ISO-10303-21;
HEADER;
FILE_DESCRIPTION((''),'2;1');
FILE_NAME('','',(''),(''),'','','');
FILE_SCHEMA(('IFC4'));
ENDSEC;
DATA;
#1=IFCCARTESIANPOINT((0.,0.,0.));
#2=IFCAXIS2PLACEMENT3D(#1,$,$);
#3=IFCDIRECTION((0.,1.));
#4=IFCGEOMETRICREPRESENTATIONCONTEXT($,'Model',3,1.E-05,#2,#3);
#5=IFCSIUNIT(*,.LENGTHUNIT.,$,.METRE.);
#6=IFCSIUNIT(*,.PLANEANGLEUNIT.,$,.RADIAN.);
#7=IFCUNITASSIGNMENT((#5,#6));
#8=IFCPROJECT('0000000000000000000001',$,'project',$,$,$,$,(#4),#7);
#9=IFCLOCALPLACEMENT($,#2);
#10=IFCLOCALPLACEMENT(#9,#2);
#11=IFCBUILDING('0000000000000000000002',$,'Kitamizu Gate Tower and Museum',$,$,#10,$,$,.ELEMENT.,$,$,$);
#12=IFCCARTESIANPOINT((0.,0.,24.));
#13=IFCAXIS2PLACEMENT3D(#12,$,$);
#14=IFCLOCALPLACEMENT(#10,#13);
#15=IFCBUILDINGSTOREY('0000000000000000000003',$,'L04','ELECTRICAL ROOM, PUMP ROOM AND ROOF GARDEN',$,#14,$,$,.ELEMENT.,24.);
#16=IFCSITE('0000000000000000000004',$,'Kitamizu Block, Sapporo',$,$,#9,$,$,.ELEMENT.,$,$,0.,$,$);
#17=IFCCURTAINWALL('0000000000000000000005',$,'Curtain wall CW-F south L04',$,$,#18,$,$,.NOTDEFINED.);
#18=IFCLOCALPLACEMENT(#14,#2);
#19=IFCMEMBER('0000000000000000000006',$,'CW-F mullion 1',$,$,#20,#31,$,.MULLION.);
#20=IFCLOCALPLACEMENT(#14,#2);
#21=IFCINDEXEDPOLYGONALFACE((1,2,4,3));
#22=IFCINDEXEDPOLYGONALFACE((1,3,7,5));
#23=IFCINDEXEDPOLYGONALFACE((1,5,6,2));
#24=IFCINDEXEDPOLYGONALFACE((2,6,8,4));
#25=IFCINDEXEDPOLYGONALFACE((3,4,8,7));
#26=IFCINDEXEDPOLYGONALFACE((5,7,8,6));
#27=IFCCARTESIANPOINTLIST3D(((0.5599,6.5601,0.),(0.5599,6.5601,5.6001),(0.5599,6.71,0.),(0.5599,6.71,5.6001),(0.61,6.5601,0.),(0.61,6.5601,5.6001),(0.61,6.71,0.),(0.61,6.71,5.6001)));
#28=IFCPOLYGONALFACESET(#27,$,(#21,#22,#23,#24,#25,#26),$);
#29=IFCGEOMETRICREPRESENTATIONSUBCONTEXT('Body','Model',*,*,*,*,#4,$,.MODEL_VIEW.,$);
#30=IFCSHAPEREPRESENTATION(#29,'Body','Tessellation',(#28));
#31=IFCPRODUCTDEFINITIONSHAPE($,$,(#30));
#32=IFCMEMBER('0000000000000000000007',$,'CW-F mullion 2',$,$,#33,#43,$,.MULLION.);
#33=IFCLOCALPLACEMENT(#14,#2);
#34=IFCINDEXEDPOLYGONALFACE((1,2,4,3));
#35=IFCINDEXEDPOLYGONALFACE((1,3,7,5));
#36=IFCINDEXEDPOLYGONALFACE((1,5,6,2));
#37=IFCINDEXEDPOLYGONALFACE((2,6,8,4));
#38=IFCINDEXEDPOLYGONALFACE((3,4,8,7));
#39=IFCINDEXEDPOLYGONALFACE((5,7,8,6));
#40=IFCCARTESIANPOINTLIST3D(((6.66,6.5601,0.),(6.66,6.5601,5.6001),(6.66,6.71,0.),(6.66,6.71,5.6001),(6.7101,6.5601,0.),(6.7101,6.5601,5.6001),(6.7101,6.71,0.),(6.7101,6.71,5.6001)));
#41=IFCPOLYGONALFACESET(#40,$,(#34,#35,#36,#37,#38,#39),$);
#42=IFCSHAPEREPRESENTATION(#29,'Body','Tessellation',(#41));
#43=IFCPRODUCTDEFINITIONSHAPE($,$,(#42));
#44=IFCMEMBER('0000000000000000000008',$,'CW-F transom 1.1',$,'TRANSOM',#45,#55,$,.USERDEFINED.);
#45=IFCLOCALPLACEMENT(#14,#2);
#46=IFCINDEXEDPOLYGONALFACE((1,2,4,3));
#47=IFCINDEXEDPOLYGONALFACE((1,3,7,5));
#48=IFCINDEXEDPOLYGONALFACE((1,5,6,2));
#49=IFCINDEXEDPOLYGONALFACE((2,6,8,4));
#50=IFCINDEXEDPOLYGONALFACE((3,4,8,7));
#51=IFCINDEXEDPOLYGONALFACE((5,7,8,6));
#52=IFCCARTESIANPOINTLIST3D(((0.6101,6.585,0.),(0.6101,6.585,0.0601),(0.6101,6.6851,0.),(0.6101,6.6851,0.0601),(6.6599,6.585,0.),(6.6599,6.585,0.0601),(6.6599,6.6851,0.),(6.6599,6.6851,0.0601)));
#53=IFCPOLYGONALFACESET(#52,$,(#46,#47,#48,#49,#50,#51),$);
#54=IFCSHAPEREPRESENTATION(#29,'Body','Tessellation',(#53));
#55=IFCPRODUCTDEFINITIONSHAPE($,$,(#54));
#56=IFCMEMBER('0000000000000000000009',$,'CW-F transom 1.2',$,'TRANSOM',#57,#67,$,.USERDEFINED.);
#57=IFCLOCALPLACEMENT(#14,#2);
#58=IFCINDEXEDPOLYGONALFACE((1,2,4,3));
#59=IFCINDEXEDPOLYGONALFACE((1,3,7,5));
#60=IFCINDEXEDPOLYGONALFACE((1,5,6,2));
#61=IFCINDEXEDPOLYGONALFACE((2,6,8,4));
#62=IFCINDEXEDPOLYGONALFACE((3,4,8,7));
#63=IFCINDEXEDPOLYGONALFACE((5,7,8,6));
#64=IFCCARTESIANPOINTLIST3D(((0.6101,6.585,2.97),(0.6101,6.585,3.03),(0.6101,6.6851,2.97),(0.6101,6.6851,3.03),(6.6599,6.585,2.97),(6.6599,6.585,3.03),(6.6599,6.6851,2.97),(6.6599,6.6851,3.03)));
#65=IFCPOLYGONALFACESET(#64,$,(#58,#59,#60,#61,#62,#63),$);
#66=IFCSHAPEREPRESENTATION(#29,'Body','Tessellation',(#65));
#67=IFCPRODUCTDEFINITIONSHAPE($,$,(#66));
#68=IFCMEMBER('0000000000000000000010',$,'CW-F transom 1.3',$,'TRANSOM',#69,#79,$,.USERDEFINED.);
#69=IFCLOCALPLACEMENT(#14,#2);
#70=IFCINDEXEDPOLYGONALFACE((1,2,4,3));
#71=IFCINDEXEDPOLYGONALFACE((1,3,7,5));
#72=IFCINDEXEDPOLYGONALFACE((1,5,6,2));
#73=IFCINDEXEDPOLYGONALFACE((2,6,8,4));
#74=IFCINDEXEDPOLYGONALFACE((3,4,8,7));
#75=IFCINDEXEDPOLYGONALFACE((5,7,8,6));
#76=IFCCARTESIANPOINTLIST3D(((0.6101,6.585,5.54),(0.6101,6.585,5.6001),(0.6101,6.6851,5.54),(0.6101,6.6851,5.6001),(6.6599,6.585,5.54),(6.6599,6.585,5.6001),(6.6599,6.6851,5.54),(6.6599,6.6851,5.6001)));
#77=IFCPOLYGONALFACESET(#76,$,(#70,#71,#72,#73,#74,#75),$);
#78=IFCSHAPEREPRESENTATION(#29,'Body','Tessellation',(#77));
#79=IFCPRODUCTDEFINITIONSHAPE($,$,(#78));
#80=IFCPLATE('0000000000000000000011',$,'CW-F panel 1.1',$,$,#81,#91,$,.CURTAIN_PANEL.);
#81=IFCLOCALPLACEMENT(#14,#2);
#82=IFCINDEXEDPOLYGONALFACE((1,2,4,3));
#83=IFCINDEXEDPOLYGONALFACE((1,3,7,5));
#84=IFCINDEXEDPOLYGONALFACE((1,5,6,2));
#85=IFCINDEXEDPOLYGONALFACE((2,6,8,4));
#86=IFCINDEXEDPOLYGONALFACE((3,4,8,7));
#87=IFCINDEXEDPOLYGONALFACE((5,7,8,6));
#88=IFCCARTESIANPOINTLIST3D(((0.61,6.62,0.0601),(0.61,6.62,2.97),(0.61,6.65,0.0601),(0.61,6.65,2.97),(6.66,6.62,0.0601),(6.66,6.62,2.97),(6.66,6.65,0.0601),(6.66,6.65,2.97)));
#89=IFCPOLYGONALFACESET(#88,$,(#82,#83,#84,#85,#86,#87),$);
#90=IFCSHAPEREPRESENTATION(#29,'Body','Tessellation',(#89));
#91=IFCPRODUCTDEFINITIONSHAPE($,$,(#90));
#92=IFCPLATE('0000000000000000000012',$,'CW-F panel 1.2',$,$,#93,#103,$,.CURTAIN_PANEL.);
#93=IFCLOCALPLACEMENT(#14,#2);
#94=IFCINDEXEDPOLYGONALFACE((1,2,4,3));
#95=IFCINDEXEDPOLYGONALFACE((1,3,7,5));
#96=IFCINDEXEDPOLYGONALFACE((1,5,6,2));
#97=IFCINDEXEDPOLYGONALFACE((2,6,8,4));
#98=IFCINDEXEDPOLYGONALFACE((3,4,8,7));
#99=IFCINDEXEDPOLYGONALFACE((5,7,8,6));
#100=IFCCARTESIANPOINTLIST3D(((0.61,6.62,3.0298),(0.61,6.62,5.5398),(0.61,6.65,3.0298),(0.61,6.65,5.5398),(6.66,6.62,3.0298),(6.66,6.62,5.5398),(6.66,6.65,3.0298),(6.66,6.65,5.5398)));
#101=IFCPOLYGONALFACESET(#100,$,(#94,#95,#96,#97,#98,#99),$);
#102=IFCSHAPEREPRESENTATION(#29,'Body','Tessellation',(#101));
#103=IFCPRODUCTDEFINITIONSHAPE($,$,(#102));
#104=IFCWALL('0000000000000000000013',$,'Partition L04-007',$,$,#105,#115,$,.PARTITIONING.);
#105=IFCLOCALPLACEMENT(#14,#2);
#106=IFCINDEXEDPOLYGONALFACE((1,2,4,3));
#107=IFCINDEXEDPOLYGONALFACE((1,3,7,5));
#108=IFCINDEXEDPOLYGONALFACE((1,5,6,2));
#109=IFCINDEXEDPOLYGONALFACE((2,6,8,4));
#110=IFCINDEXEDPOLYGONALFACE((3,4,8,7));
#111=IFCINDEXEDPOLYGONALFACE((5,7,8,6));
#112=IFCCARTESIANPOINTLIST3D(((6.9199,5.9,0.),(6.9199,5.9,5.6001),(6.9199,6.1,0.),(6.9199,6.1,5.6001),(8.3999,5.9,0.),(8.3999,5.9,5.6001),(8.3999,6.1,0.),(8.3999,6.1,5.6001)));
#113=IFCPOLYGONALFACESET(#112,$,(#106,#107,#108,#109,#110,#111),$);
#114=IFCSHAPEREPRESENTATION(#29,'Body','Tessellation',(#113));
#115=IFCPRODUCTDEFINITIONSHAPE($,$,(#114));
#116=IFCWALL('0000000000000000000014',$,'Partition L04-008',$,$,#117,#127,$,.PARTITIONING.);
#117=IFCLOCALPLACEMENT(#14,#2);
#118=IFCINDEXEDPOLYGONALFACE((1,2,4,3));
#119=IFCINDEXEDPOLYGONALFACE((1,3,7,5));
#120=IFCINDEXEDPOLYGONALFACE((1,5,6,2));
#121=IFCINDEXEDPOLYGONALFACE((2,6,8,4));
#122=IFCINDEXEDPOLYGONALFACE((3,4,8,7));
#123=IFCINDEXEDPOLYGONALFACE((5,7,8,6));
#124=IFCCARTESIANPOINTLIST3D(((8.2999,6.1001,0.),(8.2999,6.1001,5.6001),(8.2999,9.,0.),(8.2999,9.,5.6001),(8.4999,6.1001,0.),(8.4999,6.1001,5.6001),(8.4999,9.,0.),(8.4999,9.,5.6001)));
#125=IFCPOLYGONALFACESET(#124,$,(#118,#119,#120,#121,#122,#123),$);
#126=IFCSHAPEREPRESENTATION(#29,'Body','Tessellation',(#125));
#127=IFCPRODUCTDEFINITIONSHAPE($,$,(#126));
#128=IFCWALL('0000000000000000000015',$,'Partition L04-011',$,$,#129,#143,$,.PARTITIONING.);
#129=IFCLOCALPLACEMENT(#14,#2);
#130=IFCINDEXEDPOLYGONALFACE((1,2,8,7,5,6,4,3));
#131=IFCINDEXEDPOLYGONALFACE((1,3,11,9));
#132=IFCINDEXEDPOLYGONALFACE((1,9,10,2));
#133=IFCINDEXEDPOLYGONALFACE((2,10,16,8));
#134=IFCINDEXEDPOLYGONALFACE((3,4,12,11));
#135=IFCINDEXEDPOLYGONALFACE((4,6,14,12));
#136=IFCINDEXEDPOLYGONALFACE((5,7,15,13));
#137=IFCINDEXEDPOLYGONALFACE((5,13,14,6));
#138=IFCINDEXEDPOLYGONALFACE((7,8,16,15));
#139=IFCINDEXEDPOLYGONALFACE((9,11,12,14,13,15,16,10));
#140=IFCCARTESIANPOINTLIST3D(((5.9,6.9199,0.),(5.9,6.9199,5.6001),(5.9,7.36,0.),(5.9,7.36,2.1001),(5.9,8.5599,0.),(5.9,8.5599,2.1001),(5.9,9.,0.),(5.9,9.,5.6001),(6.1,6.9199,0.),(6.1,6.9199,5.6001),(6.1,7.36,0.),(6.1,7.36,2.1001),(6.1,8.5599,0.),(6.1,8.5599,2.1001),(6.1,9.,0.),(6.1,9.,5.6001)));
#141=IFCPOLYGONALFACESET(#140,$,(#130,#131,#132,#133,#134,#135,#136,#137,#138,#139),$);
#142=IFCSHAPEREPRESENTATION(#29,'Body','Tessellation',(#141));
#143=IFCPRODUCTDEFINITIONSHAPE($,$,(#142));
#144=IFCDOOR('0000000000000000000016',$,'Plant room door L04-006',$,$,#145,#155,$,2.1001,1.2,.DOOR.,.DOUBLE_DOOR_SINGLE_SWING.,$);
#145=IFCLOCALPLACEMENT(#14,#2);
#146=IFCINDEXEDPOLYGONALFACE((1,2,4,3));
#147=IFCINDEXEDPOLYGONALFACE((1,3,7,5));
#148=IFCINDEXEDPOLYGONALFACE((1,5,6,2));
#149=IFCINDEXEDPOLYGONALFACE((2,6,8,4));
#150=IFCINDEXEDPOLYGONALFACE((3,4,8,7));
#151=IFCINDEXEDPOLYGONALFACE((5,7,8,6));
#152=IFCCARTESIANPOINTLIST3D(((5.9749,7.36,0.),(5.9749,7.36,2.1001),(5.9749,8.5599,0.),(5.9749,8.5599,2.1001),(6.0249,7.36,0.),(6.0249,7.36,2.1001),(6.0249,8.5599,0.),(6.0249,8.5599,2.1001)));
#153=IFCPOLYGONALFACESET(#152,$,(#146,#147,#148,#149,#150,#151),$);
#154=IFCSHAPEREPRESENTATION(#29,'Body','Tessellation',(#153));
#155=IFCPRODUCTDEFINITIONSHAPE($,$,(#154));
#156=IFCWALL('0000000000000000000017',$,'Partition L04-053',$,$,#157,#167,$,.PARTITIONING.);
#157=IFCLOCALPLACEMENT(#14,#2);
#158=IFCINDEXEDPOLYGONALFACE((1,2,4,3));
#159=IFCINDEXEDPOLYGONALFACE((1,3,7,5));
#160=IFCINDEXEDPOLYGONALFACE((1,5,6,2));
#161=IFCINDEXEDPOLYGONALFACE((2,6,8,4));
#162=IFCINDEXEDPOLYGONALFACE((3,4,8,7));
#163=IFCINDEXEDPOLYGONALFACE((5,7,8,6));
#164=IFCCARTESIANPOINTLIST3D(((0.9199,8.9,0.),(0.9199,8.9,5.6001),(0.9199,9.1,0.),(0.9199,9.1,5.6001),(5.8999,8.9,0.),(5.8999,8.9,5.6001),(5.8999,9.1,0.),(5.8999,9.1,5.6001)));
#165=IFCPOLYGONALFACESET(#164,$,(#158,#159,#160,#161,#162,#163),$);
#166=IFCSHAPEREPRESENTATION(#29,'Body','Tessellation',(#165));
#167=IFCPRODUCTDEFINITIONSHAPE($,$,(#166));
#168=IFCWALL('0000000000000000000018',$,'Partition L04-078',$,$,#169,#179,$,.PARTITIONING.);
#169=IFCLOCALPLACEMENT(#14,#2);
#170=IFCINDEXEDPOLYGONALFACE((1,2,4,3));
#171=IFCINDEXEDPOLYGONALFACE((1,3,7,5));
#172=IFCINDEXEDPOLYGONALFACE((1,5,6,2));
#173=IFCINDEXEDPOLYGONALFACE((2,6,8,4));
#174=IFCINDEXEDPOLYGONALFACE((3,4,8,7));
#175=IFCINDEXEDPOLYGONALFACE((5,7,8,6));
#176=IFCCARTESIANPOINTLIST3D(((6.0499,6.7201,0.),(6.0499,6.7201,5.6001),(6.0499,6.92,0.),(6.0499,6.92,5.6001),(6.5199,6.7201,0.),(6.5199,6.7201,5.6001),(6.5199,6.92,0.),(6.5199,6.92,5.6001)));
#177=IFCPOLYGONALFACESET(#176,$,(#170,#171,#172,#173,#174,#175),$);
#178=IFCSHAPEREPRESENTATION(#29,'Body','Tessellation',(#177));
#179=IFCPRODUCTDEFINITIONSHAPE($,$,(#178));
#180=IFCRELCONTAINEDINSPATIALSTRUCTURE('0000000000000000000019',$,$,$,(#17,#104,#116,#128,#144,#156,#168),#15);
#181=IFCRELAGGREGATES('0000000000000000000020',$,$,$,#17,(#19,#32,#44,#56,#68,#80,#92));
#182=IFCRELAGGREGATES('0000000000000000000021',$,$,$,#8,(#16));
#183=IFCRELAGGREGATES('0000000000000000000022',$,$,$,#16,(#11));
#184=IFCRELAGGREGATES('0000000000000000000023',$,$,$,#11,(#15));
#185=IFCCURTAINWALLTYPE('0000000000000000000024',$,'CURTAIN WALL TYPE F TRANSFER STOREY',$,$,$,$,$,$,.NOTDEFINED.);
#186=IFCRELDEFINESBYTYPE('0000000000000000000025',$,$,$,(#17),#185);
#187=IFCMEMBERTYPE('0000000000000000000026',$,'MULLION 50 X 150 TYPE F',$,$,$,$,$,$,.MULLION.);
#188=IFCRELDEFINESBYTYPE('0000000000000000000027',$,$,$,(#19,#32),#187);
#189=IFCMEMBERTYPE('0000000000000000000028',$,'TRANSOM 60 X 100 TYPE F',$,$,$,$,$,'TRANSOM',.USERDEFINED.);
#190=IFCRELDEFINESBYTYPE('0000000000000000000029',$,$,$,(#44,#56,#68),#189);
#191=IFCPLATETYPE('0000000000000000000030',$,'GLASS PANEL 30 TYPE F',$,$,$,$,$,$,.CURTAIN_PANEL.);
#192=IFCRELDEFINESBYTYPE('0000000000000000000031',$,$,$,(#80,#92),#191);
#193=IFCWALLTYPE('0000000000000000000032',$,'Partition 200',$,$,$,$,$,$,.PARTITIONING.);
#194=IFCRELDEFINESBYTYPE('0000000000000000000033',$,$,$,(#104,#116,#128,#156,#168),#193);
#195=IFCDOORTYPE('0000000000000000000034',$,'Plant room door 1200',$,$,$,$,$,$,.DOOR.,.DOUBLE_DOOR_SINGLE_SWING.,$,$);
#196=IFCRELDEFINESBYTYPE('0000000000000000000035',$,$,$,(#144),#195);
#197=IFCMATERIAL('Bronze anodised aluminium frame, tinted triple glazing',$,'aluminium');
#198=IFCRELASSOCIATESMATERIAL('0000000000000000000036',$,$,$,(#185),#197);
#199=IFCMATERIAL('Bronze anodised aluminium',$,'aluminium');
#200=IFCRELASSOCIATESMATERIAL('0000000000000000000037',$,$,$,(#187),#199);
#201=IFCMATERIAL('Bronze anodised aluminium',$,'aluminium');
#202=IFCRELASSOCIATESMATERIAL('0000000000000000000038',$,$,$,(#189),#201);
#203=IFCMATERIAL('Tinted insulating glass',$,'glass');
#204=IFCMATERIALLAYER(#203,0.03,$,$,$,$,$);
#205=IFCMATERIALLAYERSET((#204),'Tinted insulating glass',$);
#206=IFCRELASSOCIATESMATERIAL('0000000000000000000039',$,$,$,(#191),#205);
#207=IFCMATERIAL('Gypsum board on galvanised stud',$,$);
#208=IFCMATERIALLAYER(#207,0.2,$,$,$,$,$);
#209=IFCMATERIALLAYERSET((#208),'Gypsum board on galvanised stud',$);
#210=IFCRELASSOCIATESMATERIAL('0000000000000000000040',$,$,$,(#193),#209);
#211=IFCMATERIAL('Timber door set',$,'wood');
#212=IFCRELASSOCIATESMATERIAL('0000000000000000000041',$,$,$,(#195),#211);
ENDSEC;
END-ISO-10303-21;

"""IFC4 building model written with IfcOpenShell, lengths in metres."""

from ifc_helpers import new_model, si_unit, direction, frame, frame_2d, origin, origin_2d, place, context, subcontext, project, spatial, rectangle, extrude, material, layer, layer_set, material_profile, profile_set, type_object, element, fill, aggregate, save


model = new_model("IFC4")

# Units and contexts
model_context = context("Model", 3, precision=1e-05, world=origin(), true_north=direction((0.0, 1.0)))
body_context = subcontext(model_context, "Body", "Model", "MODEL_VIEW")
ifc_project = project(units=[si_unit("LENGTHUNIT", "METRE"), si_unit("PLANEANGLEUNIT", "RADIAN")], contexts=[model_context])

# Site, building, storey
site_placement = place(None, origin())
site = spatial("IfcSite", under=ifc_project, at=site_placement, Name="Kitamizu Block, Sapporo", CompositionType="ELEMENT", RefElevation=0.0)
building_placement = place(site_placement, origin())
building = spatial("IfcBuilding", under=site, at=building_placement, Name="Kitamizu Gate Tower and Museum", CompositionType="ELEMENT")
storey_placement = place(building_placement, frame((0.0, 0.0, 24.0)))
storey = spatial("IfcBuildingStorey", under=building, at=storey_placement, Name="L04", Description="ELECTRICAL ROOM, PUMP ROOM AND ROOF GARDEN", CompositionType="ELEMENT", Elevation=24.0)

# Curtain wall, members, plates
ifc_material_1 = material(Name="Bronze anodised aluminium frame, tinted triple glazing", Category="aluminium")
curtain_wall_type = type_object("IfcCurtainWallType", Name="CURTAIN WALL TYPE F TRANSFER STOREY", PredefinedType="NOTDEFINED", material=ifc_material_1)
curtain_wall_placement = place(storey_placement, origin())
curtain_wall = element("IfcCurtainWall", 1, at=curtain_wall_placement, inside=storey, type_object=curtain_wall_type, Name="Curtain wall CW-F south L04", PredefinedType="NOTDEFINED")
ifc_material_2 = material(Name="Bronze anodised aluminium", Category="aluminium")
ifc_material_profile_1 = material_profile(ifc_material_2, rectangle(XDim=0.05, YDim=0.1499, at=origin_2d()), Name="AL 50X150")
ifc_profile_set_1 = profile_set([ifc_material_profile_1], Name="Bronze anodised aluminium")
member_type_1 = type_object("IfcMemberType", Name="MULLION 50 X 150 TYPE F", PredefinedType="MULLION", material=ifc_profile_set_1)
member_1_placement = place(storey_placement, frame((0.585, 6.635, 0.0), z_axis=(0.0, 0.0, 1.0), x_axis=(1.0, 0.0, 0.0)))
member_1 = element("IfcMember", 2, at=member_1_placement, type_object=member_type_1, Name="CW-F mullion 1", PredefinedType="MULLION", context=body_context, shape_type="SweptSolid", body=[
    extrude(rectangle(XDim=0.05, YDim=0.1499, at=origin_2d()), origin(), (0.0, 0.0, 1.0), 5.6001),
])
member_2_placement = place(storey_placement, frame((6.6851, 6.635, 0.0), z_axis=(0.0, 0.0, 1.0), x_axis=(1.0, 0.0, 0.0)))
member_2 = element("IfcMember", 3, at=member_2_placement, type_object=member_type_1, Name="CW-F mullion 2", PredefinedType="MULLION", context=body_context, shape_type="SweptSolid", body=[
    extrude(rectangle(XDim=0.05, YDim=0.1499, at=origin_2d()), origin(), (0.0, 0.0, 1.0), 5.6001),
])
ifc_material_3 = material(Name="Bronze anodised aluminium", Category="aluminium")
ifc_material_profile_2 = material_profile(ifc_material_3, rectangle(XDim=0.1001, YDim=0.0601, at=origin_2d()), Name="AL 60X100")
ifc_profile_set_2 = profile_set([ifc_material_profile_2], Name="Bronze anodised aluminium")
member_type_2 = type_object("IfcMemberType", Name="TRANSOM 60 X 100 TYPE F", ElementType="TRANSOM", PredefinedType="USERDEFINED", material=ifc_profile_set_2)
member_3_placement = place(storey_placement, frame((0.6101, 6.635, 0.03), z_axis=(1.0, 0.0, 0.0), x_axis=(0.0, 1.0, 0.0)))
member_3 = element("IfcMember", 4, at=member_3_placement, type_object=member_type_2, Name="CW-F transom 1.1", ObjectType="TRANSOM", PredefinedType="USERDEFINED", context=body_context, shape_type="SweptSolid", body=[
    extrude(rectangle(XDim=0.1001, YDim=0.0601, at=origin_2d()), origin(), (0.0, 0.0, 1.0), 6.0498),
])
member_4_placement = place(storey_placement, frame((0.6101, 6.635, 3.0), z_axis=(1.0, 0.0, 0.0), x_axis=(0.0, 1.0, 0.0)))
member_4 = element("IfcMember", 5, at=member_4_placement, type_object=member_type_2, Name="CW-F transom 1.2", ObjectType="TRANSOM", PredefinedType="USERDEFINED", context=body_context, shape_type="SweptSolid", body=[
    extrude(rectangle(XDim=0.1001, YDim=0.0601, at=origin_2d()), origin(), (0.0, 0.0, 1.0), 6.0498),
])
member_5_placement = place(storey_placement, frame((0.6101, 6.635, 5.5701), z_axis=(1.0, 0.0, 0.0), x_axis=(0.0, 1.0, 0.0)))
member_5 = element("IfcMember", 6, at=member_5_placement, type_object=member_type_2, Name="CW-F transom 1.3", ObjectType="TRANSOM", PredefinedType="USERDEFINED", context=body_context, shape_type="SweptSolid", body=[
    extrude(rectangle(XDim=0.1001, YDim=0.0601, at=origin_2d()), origin(), (0.0, 0.0, 1.0), 6.0498),
])
ifc_material_4 = material(Name="Tinted insulating glass", Category="glass")
ifc_layer_1 = layer(ifc_material_4, 0.03)
ifc_layer_set_1 = layer_set([ifc_layer_1], Name="Tinted insulating glass")
plate_type = type_object("IfcPlateType", Name="GLASS PANEL 30 TYPE F", PredefinedType="CURTAIN_PANEL", material=ifc_layer_set_1)
plate_1_placement = place(storey_placement, frame((3.635, 6.635, 0.0601), z_axis=(0.0, 0.0, 1.0), x_axis=(1.0, 0.0, 0.0)))
plate_1 = element("IfcPlate", 7, at=plate_1_placement, type_object=plate_type, Name="CW-F panel 1.1", PredefinedType="CURTAIN_PANEL", context=body_context, shape_type="SweptSolid", body=[
    extrude(rectangle(XDim=6.05, YDim=0.03, at=origin_2d()), origin(), (0.0, 0.0, 1.0), 2.9099),
])
plate_2_placement = place(storey_placement, frame((3.635, 6.635, 3.0298), z_axis=(0.0, 0.0, 1.0), x_axis=(1.0, 0.0, 0.0)))
plate_2 = element("IfcPlate", 8, at=plate_2_placement, type_object=plate_type, Name="CW-F panel 1.2", PredefinedType="CURTAIN_PANEL", context=body_context, shape_type="SweptSolid", body=[
    extrude(rectangle(XDim=6.05, YDim=0.03, at=origin_2d()), origin(), (0.0, 0.0, 1.0), 2.51),
])
aggregate(curtain_wall, [member_1, member_2, member_3, member_4, member_5, plate_1, plate_2])

# Walls
ifc_material_5 = material(Name="Gypsum board on galvanised stud")
ifc_layer_2 = layer(ifc_material_5, 0.2)
ifc_layer_set_2 = layer_set([ifc_layer_2], Name="Gypsum board on galvanised stud")
wall_type_1 = type_object("IfcWallType", Name="Partition 200", PredefinedType="PARTITIONING", material=ifc_layer_set_2)
wall_1_placement = place(storey_placement, frame((6.9199, 6.0, 0.0), z_axis=(0.0, 0.0, 1.0), x_axis=(1.0, 0.0, 0.0)))
element("IfcWall", 9, at=wall_1_placement, inside=storey, type_object=wall_type_1, Name="Partition L04-007", PredefinedType="PARTITIONING", context=body_context, shape_type="SweptSolid", body=[
    extrude(rectangle(XDim=1.48, YDim=0.2, at=frame_2d((0.74, 0.0))), origin(), (0.0, 0.0, 1.0), 5.6001),
])
wall_2_placement = place(storey_placement, frame((8.3999, 6.1001, 0.0), z_axis=(0.0, 0.0, 1.0), x_axis=(0.0, 1.0, 0.0)))
element("IfcWall", 10, at=wall_2_placement, inside=storey, type_object=wall_type_1, Name="Partition L04-008", PredefinedType="PARTITIONING", context=body_context, shape_type="SweptSolid", body=[
    extrude(rectangle(XDim=2.8999, YDim=0.2, at=frame_2d((1.45, 0.0))), origin(), (0.0, 0.0, 1.0), 5.6001),
])

# Wall, opening, door
wall_3_placement = place(storey_placement, frame((6.0, 9.0, 0.0), z_axis=(0.0, 0.0, 1.0), x_axis=(0.0, -1.0, 0.0)))
wall_3 = element("IfcWall", 11, at=wall_3_placement, inside=storey, type_object=wall_type_1, Name="Partition L04-011", PredefinedType="PARTITIONING", context=body_context, shape_type="SweptSolid", body=[
    extrude(rectangle(XDim=2.0801, YDim=0.2, at=frame_2d((1.04, 0.0))), origin(), (0.0, 0.0, 1.0), 5.6001),
])
opening_1_placement = place(wall_3_placement, frame((0.4399, 0.0, 0.0)))
opening_1 = element("IfcOpeningElement", 12, at=opening_1_placement, cuts=wall_3, PredefinedType="OPENING", context=body_context, shape_type="SweptSolid", body=[
    extrude(rectangle(XDim=1.2, YDim=2.1001, at=frame_2d((0.6001, 1.05))), frame((0.0, 0.1099, 0.0), z_axis=(0.0, -1.0, 0.0), x_axis=(1.0, 0.0, 0.0)), (0.0, 0.0, 1.0), 0.22),
])
ifc_material_6 = material(Name="Timber door set", Category="wood")
door_type = type_object("IfcDoorType", Name="Plant room door 1200", OperationType="DOUBLE_DOOR_SINGLE_SWING", PredefinedType="DOOR", material=ifc_material_6)
door_placement = place(opening_1_placement, origin())
door = element("IfcDoor", 13, at=door_placement, inside=storey, type_object=door_type, Name="Plant room door L04-006", OperationType="DOUBLE_DOOR_SINGLE_SWING", OverallHeight=2.1001, OverallWidth=1.2, PredefinedType="DOOR", context=body_context, shape_type="SweptSolid", body=[
    extrude(rectangle(XDim=1.2, YDim=2.1001, at=frame_2d((0.6001, 1.05))), frame((0.0, 0.0249, 0.0), z_axis=(0.0, -1.0, 0.0), x_axis=(1.0, 0.0, 0.0)), (0.0, 0.0, 1.0), 0.05),
])
fill(opening_1, door)

# Walls
wall_4_placement = place(storey_placement, frame((0.9199, 9.0, 0.0), z_axis=(0.0, 0.0, 1.0), x_axis=(1.0, 0.0, 0.0)))
element("IfcWall", 14, at=wall_4_placement, inside=storey, type_object=wall_type_1, Name="Partition L04-053", PredefinedType="PARTITIONING", context=body_context, shape_type="SweptSolid", body=[
    extrude(rectangle(XDim=4.98, YDim=0.2, at=frame_2d((2.49, 0.0))), origin(), (0.0, 0.0, 1.0), 5.6001),
])
wall_5_placement = place(storey_placement, frame((6.05, 6.8201, 0.0), z_axis=(0.0, 0.0, 1.0), x_axis=(1.0, 0.0, 0.0)))
element("IfcWall", 15, at=wall_5_placement, inside=storey, type_object=wall_type_1, Name="Partition L04-078", PredefinedType="PARTITIONING", context=body_context, shape_type="SweptSolid", body=[
    extrude(rectangle(XDim=0.47, YDim=0.2, at=frame_2d((0.2349, 0.0))), origin(), (0.0, 0.0, 1.0), 5.6001),
])

save(model, "model.ifc")
